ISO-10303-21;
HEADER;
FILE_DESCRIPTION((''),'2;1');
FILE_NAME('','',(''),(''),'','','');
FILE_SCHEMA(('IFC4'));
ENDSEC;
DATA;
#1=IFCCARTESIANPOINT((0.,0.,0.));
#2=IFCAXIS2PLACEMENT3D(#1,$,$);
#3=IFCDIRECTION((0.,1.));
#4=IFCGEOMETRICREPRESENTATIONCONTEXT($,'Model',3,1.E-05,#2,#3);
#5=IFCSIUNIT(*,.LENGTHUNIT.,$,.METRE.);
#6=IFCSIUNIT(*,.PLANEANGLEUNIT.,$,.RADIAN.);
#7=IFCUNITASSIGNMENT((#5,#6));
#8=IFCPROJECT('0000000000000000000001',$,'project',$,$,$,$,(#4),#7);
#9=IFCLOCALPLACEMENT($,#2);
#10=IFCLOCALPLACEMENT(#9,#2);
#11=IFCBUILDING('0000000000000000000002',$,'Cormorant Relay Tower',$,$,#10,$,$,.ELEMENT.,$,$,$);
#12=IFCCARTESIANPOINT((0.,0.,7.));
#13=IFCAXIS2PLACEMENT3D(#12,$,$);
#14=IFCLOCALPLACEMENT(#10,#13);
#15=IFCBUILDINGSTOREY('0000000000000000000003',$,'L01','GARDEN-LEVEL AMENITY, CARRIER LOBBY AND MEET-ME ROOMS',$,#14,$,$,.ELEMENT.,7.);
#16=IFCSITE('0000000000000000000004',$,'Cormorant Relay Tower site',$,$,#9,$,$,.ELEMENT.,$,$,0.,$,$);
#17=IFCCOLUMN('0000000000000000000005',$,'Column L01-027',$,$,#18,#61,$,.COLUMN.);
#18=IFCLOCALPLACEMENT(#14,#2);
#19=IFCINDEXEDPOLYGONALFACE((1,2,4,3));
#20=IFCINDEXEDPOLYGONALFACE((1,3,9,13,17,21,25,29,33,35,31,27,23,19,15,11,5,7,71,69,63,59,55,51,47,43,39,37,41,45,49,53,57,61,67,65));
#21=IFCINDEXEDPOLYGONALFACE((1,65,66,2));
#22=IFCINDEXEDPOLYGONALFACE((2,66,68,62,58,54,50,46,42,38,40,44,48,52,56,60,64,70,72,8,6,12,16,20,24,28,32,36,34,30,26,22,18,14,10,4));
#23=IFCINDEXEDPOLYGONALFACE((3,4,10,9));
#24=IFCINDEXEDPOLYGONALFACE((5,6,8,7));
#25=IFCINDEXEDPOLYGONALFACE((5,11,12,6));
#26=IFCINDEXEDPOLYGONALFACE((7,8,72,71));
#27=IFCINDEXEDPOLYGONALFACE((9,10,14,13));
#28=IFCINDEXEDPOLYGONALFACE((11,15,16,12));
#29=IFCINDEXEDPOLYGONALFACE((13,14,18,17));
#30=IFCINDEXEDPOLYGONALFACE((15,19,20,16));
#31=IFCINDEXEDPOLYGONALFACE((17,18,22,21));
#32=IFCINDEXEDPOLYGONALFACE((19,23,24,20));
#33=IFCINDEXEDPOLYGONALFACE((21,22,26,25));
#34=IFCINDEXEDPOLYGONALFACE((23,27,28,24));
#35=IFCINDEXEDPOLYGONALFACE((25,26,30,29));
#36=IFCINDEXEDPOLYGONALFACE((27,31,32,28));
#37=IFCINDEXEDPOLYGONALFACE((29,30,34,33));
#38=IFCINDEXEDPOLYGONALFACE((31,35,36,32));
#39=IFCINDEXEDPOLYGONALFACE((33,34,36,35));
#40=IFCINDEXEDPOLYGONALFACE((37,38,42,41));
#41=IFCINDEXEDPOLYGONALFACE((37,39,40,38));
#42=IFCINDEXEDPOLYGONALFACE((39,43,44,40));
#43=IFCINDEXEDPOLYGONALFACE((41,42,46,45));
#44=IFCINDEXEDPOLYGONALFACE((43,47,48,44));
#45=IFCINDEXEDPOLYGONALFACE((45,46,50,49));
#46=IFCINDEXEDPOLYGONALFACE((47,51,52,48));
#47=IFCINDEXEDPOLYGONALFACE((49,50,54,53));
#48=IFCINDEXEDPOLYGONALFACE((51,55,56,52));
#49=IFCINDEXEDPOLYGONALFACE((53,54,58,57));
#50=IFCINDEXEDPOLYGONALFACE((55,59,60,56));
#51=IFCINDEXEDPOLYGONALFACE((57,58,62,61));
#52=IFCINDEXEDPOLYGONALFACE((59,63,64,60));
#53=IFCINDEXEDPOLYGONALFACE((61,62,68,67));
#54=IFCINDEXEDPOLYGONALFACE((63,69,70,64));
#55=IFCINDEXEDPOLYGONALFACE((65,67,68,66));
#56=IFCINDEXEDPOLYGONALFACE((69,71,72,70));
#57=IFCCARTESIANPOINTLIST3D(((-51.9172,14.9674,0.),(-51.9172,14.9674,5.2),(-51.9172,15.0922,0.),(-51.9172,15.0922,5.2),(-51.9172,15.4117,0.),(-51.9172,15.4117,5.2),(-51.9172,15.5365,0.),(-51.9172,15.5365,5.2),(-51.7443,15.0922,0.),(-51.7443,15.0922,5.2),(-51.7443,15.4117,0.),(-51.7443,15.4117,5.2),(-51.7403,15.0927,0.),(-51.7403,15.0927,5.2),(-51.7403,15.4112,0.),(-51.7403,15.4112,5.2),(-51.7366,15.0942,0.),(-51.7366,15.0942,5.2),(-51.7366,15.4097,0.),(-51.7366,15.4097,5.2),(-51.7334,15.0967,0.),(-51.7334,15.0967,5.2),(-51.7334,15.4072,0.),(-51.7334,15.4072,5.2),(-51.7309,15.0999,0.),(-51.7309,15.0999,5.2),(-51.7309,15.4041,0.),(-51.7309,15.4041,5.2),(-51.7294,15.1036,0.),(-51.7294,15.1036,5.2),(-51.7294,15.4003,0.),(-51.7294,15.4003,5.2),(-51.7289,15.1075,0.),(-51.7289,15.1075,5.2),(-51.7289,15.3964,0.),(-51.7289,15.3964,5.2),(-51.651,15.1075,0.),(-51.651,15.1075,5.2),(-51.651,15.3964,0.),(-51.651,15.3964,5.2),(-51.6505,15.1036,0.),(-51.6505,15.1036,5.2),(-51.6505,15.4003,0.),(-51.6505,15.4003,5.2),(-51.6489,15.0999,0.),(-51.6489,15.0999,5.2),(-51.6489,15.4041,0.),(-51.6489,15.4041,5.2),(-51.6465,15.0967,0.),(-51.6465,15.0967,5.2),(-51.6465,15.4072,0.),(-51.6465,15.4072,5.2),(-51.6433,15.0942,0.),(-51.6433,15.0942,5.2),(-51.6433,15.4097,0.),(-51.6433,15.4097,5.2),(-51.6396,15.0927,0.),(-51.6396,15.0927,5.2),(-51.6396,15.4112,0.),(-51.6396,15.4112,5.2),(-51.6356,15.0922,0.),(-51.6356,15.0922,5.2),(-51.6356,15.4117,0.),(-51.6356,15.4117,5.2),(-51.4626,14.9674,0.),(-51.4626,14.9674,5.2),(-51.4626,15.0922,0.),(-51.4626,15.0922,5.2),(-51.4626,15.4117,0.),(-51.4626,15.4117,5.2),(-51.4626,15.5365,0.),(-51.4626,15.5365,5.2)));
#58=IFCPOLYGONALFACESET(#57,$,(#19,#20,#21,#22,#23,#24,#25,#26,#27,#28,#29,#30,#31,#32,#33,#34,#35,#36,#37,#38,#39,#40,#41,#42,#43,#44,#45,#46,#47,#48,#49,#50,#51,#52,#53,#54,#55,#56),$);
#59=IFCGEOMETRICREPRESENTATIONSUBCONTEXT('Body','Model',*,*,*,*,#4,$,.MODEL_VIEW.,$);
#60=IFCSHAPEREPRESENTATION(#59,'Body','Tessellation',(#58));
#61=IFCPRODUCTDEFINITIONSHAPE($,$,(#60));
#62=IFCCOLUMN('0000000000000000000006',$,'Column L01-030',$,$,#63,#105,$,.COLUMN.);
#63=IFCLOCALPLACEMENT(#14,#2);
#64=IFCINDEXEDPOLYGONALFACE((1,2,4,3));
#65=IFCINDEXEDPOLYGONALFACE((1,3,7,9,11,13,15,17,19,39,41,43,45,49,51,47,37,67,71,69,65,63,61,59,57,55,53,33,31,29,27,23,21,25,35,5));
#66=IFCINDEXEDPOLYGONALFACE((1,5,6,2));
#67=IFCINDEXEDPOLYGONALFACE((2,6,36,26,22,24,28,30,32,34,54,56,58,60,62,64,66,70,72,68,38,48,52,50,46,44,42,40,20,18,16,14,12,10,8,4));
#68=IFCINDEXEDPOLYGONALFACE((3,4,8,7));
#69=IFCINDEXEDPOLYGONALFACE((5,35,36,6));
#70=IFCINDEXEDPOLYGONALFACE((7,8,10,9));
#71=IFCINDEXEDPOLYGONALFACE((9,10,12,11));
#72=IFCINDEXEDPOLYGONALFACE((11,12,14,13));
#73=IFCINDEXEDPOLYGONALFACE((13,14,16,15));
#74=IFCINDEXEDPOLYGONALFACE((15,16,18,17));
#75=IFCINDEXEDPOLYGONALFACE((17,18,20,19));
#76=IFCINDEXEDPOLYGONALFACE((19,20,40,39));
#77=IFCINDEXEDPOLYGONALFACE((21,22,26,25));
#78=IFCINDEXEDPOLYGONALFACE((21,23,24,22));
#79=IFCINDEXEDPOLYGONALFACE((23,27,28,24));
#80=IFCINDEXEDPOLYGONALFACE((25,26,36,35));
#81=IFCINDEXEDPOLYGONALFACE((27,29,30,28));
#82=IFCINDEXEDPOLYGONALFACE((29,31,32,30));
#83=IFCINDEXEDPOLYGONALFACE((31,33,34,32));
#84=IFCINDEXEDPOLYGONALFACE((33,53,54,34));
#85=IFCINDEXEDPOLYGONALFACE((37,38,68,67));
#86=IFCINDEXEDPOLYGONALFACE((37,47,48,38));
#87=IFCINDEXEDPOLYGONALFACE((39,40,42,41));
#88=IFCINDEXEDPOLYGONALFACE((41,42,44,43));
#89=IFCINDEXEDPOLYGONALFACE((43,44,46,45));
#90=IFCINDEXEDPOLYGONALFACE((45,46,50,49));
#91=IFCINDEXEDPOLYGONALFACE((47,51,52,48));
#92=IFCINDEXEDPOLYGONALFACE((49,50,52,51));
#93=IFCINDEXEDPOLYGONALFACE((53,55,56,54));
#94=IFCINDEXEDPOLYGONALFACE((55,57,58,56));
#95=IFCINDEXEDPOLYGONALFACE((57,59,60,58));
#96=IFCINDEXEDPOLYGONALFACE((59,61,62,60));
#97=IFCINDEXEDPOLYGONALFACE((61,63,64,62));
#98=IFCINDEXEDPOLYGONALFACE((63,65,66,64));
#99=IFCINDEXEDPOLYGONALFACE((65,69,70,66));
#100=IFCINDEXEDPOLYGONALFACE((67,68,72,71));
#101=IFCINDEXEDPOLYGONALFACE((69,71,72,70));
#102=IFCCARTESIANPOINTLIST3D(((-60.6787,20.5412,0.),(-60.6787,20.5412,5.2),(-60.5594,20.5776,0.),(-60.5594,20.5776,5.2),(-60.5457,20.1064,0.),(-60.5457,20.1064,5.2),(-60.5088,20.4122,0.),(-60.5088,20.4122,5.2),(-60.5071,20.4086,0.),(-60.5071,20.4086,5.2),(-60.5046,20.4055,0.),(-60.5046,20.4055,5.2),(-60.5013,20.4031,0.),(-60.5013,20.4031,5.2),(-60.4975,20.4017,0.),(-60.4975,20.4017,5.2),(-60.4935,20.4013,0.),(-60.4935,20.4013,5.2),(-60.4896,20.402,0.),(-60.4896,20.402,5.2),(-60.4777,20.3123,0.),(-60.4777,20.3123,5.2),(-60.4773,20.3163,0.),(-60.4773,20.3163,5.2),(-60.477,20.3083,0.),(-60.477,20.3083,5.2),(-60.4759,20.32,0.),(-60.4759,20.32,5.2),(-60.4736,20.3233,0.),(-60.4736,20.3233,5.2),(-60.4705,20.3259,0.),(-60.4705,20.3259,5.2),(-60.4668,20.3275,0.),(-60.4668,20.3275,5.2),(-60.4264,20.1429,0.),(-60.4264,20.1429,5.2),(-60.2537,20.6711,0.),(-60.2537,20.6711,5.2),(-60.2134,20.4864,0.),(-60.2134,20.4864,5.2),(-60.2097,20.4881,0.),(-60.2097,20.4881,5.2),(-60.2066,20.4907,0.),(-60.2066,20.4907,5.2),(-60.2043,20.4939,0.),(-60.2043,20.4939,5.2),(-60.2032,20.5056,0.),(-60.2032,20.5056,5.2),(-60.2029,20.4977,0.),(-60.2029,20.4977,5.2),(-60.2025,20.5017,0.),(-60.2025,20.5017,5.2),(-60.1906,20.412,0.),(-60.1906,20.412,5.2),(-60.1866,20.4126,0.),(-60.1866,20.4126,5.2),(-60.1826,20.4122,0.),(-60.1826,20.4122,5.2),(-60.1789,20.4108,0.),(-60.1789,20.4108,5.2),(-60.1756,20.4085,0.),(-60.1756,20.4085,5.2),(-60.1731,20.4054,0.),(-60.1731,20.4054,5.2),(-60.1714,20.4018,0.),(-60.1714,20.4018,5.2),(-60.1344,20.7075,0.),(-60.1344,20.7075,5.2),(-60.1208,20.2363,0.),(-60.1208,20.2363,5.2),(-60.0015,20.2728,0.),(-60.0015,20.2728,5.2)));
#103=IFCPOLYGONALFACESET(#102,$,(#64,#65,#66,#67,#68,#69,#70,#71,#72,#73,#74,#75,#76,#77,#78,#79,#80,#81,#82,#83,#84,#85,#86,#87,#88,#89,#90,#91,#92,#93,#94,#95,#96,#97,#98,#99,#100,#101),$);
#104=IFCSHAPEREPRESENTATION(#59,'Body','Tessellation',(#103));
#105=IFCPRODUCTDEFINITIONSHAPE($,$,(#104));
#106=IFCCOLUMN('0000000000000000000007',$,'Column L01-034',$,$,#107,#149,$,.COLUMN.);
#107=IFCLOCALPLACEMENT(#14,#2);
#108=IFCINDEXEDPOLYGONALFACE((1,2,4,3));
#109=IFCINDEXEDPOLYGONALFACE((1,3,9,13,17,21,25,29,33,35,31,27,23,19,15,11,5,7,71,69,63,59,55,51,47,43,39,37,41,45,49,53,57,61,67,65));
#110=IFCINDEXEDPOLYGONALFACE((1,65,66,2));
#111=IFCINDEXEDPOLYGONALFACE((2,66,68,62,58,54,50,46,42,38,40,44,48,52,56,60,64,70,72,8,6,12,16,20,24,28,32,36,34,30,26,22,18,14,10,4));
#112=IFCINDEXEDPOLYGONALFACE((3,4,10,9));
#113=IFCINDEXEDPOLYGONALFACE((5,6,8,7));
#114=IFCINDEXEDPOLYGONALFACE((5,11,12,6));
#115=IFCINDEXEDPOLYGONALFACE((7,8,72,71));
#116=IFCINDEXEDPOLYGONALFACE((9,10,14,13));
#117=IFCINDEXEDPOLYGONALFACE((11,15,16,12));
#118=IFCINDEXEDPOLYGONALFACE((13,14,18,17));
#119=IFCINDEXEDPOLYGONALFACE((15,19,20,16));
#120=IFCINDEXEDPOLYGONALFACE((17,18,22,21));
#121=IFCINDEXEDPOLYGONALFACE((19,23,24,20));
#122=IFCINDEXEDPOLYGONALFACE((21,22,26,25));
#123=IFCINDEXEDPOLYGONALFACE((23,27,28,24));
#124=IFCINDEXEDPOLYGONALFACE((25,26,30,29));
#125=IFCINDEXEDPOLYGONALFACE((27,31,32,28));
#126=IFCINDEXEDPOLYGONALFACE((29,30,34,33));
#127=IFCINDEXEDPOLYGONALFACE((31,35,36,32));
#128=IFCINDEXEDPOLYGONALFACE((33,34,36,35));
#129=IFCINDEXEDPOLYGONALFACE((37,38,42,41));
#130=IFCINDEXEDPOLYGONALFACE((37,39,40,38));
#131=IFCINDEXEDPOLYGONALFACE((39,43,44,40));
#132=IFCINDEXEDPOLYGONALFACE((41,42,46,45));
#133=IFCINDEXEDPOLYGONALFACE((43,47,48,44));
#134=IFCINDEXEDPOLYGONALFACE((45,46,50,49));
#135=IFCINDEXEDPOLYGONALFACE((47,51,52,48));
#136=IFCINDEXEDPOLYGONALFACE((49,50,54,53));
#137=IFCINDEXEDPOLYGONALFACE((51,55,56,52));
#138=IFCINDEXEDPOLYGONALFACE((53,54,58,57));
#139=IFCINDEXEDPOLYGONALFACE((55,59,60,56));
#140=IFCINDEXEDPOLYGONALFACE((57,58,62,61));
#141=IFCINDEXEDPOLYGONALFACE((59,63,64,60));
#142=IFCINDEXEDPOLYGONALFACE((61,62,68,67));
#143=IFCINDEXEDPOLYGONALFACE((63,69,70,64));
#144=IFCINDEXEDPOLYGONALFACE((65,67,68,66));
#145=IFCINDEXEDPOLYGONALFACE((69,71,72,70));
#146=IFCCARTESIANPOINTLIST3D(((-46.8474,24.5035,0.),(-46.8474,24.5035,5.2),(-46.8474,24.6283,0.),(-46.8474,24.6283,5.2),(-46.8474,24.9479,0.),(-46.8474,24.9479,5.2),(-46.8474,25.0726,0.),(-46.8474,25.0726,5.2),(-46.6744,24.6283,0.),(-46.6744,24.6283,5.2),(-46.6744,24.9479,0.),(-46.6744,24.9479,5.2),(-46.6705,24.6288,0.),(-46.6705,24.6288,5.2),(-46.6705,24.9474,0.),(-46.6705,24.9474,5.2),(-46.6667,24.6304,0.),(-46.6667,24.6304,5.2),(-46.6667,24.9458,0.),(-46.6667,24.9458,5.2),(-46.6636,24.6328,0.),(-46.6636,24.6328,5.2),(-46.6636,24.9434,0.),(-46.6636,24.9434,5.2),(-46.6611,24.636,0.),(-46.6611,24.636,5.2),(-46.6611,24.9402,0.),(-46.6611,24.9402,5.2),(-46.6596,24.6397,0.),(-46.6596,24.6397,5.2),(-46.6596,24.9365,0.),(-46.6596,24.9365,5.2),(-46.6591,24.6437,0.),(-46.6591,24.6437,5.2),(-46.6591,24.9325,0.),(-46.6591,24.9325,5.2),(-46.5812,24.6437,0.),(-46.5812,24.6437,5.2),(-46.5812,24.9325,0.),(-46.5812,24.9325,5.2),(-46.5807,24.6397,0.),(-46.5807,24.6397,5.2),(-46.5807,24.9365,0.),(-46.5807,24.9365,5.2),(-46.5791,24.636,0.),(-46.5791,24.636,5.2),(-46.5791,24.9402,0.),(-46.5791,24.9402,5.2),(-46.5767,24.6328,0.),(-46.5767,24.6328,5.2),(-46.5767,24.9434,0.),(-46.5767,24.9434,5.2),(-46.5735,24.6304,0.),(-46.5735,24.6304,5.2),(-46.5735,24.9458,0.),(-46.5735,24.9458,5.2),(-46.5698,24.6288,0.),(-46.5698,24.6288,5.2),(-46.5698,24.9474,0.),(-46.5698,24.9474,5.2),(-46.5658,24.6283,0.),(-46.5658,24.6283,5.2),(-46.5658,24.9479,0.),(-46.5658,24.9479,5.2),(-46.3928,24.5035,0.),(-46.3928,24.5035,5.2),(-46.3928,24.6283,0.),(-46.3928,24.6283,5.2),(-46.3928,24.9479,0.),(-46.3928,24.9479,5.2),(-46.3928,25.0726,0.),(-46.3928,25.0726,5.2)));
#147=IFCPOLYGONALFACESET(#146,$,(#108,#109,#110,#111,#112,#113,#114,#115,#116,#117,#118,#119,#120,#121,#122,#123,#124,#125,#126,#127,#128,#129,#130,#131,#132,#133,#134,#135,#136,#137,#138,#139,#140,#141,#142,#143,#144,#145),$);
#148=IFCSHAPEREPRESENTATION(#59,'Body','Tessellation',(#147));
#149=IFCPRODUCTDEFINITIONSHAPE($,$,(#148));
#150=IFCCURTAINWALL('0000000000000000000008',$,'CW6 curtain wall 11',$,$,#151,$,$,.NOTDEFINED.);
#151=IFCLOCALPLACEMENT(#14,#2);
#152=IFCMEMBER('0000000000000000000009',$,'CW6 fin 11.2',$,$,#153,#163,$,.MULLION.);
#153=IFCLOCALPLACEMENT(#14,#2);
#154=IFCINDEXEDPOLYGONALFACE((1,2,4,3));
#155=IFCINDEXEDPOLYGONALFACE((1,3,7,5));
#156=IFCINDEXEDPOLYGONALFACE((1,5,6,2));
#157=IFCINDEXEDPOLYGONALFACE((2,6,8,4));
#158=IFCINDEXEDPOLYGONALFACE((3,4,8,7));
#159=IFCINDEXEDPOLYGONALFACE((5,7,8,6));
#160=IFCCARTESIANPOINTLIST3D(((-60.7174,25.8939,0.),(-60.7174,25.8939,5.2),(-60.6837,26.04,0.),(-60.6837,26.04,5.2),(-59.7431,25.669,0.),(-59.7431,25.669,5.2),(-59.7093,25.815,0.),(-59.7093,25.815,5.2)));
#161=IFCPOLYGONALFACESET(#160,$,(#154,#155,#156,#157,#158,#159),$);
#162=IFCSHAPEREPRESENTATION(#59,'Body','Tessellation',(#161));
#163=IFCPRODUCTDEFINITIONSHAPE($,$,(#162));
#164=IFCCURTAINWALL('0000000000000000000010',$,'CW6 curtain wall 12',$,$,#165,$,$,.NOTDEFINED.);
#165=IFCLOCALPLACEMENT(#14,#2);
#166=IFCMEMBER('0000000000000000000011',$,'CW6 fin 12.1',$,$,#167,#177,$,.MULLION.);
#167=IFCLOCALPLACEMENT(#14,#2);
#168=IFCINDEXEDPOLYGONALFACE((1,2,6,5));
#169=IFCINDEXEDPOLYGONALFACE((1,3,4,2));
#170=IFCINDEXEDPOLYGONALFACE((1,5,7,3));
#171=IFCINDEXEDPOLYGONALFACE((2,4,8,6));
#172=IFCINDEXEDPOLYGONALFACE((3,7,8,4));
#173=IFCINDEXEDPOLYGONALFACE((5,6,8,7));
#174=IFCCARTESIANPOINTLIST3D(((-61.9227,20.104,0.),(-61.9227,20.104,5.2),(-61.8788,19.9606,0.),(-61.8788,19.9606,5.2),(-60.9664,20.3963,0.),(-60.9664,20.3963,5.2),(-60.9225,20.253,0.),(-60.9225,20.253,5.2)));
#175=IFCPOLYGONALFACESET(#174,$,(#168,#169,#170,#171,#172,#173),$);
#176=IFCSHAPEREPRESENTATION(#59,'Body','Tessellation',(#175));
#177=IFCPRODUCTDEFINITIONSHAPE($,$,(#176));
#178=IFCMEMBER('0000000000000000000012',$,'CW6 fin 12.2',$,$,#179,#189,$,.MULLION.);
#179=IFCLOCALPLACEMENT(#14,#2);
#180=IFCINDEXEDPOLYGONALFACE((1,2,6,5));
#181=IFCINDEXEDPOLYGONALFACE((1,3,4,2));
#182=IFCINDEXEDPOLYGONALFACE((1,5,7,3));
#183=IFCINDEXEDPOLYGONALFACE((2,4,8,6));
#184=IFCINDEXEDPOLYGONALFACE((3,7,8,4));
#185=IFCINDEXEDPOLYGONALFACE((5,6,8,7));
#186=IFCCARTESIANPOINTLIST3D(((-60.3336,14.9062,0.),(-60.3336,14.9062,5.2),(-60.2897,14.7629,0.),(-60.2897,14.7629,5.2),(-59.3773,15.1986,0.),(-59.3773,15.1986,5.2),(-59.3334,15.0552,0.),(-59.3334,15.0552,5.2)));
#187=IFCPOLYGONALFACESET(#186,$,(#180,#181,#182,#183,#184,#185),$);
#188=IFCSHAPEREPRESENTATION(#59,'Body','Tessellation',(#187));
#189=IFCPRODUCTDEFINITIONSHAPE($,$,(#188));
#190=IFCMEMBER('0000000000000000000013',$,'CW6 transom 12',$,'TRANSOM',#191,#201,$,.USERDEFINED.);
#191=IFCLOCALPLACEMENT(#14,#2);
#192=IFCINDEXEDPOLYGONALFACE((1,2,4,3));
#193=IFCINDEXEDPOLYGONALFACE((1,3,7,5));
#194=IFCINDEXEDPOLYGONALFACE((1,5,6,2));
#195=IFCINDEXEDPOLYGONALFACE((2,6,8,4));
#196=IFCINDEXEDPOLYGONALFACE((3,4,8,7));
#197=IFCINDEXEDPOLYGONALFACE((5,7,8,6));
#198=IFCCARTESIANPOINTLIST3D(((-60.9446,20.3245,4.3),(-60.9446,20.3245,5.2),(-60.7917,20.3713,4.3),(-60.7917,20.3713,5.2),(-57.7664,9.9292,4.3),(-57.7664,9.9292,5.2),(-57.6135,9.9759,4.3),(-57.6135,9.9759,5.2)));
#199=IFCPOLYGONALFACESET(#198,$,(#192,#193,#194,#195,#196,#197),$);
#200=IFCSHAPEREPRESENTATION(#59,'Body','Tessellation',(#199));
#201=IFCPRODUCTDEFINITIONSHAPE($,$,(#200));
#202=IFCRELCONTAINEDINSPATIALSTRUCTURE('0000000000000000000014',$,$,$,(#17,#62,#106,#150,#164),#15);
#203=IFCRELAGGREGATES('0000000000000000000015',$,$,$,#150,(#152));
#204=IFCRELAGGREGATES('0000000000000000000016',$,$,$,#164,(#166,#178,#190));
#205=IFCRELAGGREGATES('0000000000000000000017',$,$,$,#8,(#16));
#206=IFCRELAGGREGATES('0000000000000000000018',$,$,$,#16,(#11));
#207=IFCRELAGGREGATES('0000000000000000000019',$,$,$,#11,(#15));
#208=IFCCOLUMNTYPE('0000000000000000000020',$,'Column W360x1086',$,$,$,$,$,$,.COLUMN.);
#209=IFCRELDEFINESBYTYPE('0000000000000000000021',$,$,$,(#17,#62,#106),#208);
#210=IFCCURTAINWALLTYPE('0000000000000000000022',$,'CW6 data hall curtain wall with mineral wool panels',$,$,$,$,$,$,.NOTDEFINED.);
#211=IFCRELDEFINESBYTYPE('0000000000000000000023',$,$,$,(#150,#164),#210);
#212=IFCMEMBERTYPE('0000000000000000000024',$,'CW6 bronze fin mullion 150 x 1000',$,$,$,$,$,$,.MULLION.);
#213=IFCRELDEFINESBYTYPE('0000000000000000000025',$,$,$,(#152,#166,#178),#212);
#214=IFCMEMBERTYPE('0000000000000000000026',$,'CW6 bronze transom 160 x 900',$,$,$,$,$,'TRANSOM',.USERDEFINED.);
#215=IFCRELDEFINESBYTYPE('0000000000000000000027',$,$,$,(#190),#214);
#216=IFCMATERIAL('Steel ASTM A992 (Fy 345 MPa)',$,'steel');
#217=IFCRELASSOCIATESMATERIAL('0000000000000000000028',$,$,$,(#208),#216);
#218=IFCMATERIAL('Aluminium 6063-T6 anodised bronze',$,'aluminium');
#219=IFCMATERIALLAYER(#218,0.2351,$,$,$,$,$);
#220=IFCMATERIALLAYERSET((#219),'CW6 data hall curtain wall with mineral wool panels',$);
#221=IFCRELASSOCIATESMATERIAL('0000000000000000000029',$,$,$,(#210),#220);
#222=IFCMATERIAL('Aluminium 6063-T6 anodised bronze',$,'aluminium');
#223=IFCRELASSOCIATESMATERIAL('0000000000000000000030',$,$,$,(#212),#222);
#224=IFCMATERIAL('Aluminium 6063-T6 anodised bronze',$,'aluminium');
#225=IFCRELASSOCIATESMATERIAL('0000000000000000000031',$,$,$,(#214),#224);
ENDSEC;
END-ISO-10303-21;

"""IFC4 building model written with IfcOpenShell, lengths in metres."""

from ifc_helpers import new_model, si_unit, direction, frame, origin, origin_2d, place, context, subcontext, project, spatial, rectangle, i_section, extrude, material, layer, layer_set, material_profile, profile_set, type_object, element, aggregate, save


model = new_model("IFC4")

# Units and contexts
model_context = context("Model", 3, precision=1e-05, world=origin(), true_north=direction((0.0, 1.0)))
body_context = subcontext(model_context, "Body", "Model", "MODEL_VIEW")
ifc_project = project(units=[si_unit("LENGTHUNIT", "METRE"), si_unit("PLANEANGLEUNIT", "RADIAN")], contexts=[model_context])

# Site, building, storey
site_placement = place(None, origin())
site = spatial("IfcSite", under=ifc_project, at=site_placement, Name="Cormorant Relay Tower site", CompositionType="ELEMENT", RefElevation=0.0)
building_placement = place(site_placement, origin())
building = spatial("IfcBuilding", under=site, at=building_placement, Name="Cormorant Relay Tower", CompositionType="ELEMENT")
storey_placement = place(building_placement, frame((0.0, 0.0, 7.0)))
storey = spatial("IfcBuildingStorey", under=building, at=storey_placement, Name="L01", Description="GARDEN-LEVEL AMENITY, CARRIER LOBBY AND MEET-ME ROOMS", CompositionType="ELEMENT", Elevation=7.0)

# Columns
ifc_material_1 = material(Name="Steel ASTM A992 (Fy 345 MPa)", Category="steel")
ifc_material_profile_1 = material_profile(ifc_material_1, i_section(OverallWidth=0.4546, OverallDepth=0.5691, WebThickness=0.0779, FlangeThickness=0.1248, FilletRadius=0.0154, at=origin_2d()), Name="W360x1086")
ifc_profile_set_1 = profile_set([ifc_material_profile_1], Name="Steel ASTM A992 (Fy 345 MPa)")
column_type = type_object("IfcColumnType", Name="Column W360x1086", PredefinedType="COLUMN", material=ifc_profile_set_1)
for number, where, z_axis, x_axis, name in (
    (1, (-51.6899, 15.252, 0.0), (0.0, 0.0, 1.0), (1.0, 0.0, 0.0), "Column L01-027"),
    (2, (-60.3401, 20.407, 0.0), (0.0, 0.0, 1.0), (0.292372, -0.956305, 0.0), "Column L01-030"),
    (3, (-46.6201, 24.7881, 0.0), (0.0, 0.0, 1.0), (1.0, 0.0, 0.0), "Column L01-034"),
):
    element("IfcColumn", number, at=place(storey_placement, frame(where, z_axis=z_axis, x_axis=x_axis)), inside=storey, type_object=column_type, Name=name, PredefinedType="COLUMN", context=body_context, shape_type="SweptSolid", body=[
        extrude(i_section(OverallWidth=0.4546, OverallDepth=0.5691, WebThickness=0.0779, FlangeThickness=0.1248, FilletRadius=0.0154, at=origin_2d()), origin(), (0.0, 0.0, 1.0), 5.2),
    ])

# Curtain wall, member
ifc_material_2 = material(Name="Aluminium 6063-T6 anodised bronze", Category="aluminium")
ifc_layer_1 = layer(ifc_material_2, 0.2351)
ifc_layer_set_1 = layer_set([ifc_layer_1], Name="CW6 data hall curtain wall with mineral wool panels")
curtain_wall_type = type_object("IfcCurtainWallType", Name="CW6 data hall curtain wall with mineral wool panels", PredefinedType="NOTDEFINED", material=ifc_layer_set_1)
curtain_wall_1_placement = place(storey_placement, origin())
curtain_wall_1 = element("IfcCurtainWall", 4, at=curtain_wall_1_placement, inside=storey, type_object=curtain_wall_type, Name="CW6 curtain wall 11", PredefinedType="NOTDEFINED")
ifc_material_3 = material(Name="Aluminium 6063-T6 anodised bronze", Category="aluminium")
ifc_material_profile_2 = material_profile(ifc_material_3, rectangle(XDim=0.1499, YDim=1.0, at=origin_2d()), Name="AL 150x1000")
ifc_profile_set_2 = profile_set([ifc_material_profile_2], Name="Aluminium 6063-T6 anodised bronze")
member_type_1 = type_object("IfcMemberType", Name="CW6 bronze fin mullion 150 x 1000", PredefinedType="MULLION", material=ifc_profile_set_2)
member_1_placement = place(storey_placement, frame((-60.2134, 25.8545, 0.0), z_axis=(0.0, 0.0, 1.0), x_axis=(-0.224951, -0.97437, 0.0)))
member_1 = element("IfcMember", 5, at=member_1_placement, type_object=member_type_1, Name="CW6 fin 11.2", PredefinedType="MULLION", context=body_context, shape_type="SweptSolid", body=[
    extrude(rectangle(XDim=0.1499, YDim=1.0, at=origin_2d()), origin(), (0.0, 0.0, 1.0), 5.2),
])

# Curtain wall, members
curtain_wall_2_placement = place(storey_placement, origin())
curtain_wall_2 = element("IfcCurtainWall", 6, at=curtain_wall_2_placement, inside=storey, type_object=curtain_wall_type, Name="CW6 curtain wall 12", PredefinedType="NOTDEFINED")
member_2_placement = place(storey_placement, frame((-61.4226, 20.1785, 0.0), z_axis=(0.0, 0.0, 1.0), x_axis=(0.292372, -0.956305, 0.0)))
member_2 = element("IfcMember", 7, at=member_2_placement, type_object=member_type_1, Name="CW6 fin 12.1", PredefinedType="MULLION", context=body_context, shape_type="SweptSolid", body=[
    extrude(rectangle(XDim=0.1499, YDim=1.0, at=origin_2d()), origin(), (0.0, 0.0, 1.0), 5.2),
])
member_3_placement = place(storey_placement, frame((-59.8335, 14.9807, 0.0), z_axis=(0.0, 0.0, 1.0), x_axis=(0.292372, -0.956305, 0.0)))
member_3 = element("IfcMember", 8, at=member_3_placement, type_object=member_type_1, Name="CW6 fin 12.2", PredefinedType="MULLION", context=body_context, shape_type="SweptSolid", body=[
    extrude(rectangle(XDim=0.1499, YDim=1.0, at=origin_2d()), origin(), (0.0, 0.0, 1.0), 5.2),
])
ifc_material_4 = material(Name="Aluminium 6063-T6 anodised bronze", Category="aluminium")
ifc_material_profile_3 = material_profile(ifc_material_4, rectangle(XDim=0.1599, YDim=0.8999, at=origin_2d()), Name="AL 160x900")
ifc_profile_set_3 = profile_set([ifc_material_profile_3], Name="Aluminium 6063-T6 anodised bronze")
member_type_2 = type_object("IfcMemberType", Name="CW6 bronze transom 160 x 900", ElementType="TRANSOM", PredefinedType="USERDEFINED", material=ifc_profile_set_3)
member_4_placement = place(storey_placement, frame((-60.8682, 20.3479, 4.75), z_axis=(0.292378, -0.956303, 0.0), x_axis=(0.956303, 0.292378, 0.0)))
member_4 = element("IfcMember", 9, at=member_4_placement, type_object=member_type_2, Name="CW6 transom 12", ObjectType="TRANSOM", PredefinedType="USERDEFINED", context=body_context, shape_type="SweptSolid", body=[
    extrude(rectangle(XDim=0.1599, YDim=0.8999, at=origin_2d()), origin(), (0.0, 0.0, 1.0), 10.8704),
])

aggregate(curtain_wall_1, [member_1])
aggregate(curtain_wall_2, [member_2, member_3, member_4])

save(model, "model.ifc")
